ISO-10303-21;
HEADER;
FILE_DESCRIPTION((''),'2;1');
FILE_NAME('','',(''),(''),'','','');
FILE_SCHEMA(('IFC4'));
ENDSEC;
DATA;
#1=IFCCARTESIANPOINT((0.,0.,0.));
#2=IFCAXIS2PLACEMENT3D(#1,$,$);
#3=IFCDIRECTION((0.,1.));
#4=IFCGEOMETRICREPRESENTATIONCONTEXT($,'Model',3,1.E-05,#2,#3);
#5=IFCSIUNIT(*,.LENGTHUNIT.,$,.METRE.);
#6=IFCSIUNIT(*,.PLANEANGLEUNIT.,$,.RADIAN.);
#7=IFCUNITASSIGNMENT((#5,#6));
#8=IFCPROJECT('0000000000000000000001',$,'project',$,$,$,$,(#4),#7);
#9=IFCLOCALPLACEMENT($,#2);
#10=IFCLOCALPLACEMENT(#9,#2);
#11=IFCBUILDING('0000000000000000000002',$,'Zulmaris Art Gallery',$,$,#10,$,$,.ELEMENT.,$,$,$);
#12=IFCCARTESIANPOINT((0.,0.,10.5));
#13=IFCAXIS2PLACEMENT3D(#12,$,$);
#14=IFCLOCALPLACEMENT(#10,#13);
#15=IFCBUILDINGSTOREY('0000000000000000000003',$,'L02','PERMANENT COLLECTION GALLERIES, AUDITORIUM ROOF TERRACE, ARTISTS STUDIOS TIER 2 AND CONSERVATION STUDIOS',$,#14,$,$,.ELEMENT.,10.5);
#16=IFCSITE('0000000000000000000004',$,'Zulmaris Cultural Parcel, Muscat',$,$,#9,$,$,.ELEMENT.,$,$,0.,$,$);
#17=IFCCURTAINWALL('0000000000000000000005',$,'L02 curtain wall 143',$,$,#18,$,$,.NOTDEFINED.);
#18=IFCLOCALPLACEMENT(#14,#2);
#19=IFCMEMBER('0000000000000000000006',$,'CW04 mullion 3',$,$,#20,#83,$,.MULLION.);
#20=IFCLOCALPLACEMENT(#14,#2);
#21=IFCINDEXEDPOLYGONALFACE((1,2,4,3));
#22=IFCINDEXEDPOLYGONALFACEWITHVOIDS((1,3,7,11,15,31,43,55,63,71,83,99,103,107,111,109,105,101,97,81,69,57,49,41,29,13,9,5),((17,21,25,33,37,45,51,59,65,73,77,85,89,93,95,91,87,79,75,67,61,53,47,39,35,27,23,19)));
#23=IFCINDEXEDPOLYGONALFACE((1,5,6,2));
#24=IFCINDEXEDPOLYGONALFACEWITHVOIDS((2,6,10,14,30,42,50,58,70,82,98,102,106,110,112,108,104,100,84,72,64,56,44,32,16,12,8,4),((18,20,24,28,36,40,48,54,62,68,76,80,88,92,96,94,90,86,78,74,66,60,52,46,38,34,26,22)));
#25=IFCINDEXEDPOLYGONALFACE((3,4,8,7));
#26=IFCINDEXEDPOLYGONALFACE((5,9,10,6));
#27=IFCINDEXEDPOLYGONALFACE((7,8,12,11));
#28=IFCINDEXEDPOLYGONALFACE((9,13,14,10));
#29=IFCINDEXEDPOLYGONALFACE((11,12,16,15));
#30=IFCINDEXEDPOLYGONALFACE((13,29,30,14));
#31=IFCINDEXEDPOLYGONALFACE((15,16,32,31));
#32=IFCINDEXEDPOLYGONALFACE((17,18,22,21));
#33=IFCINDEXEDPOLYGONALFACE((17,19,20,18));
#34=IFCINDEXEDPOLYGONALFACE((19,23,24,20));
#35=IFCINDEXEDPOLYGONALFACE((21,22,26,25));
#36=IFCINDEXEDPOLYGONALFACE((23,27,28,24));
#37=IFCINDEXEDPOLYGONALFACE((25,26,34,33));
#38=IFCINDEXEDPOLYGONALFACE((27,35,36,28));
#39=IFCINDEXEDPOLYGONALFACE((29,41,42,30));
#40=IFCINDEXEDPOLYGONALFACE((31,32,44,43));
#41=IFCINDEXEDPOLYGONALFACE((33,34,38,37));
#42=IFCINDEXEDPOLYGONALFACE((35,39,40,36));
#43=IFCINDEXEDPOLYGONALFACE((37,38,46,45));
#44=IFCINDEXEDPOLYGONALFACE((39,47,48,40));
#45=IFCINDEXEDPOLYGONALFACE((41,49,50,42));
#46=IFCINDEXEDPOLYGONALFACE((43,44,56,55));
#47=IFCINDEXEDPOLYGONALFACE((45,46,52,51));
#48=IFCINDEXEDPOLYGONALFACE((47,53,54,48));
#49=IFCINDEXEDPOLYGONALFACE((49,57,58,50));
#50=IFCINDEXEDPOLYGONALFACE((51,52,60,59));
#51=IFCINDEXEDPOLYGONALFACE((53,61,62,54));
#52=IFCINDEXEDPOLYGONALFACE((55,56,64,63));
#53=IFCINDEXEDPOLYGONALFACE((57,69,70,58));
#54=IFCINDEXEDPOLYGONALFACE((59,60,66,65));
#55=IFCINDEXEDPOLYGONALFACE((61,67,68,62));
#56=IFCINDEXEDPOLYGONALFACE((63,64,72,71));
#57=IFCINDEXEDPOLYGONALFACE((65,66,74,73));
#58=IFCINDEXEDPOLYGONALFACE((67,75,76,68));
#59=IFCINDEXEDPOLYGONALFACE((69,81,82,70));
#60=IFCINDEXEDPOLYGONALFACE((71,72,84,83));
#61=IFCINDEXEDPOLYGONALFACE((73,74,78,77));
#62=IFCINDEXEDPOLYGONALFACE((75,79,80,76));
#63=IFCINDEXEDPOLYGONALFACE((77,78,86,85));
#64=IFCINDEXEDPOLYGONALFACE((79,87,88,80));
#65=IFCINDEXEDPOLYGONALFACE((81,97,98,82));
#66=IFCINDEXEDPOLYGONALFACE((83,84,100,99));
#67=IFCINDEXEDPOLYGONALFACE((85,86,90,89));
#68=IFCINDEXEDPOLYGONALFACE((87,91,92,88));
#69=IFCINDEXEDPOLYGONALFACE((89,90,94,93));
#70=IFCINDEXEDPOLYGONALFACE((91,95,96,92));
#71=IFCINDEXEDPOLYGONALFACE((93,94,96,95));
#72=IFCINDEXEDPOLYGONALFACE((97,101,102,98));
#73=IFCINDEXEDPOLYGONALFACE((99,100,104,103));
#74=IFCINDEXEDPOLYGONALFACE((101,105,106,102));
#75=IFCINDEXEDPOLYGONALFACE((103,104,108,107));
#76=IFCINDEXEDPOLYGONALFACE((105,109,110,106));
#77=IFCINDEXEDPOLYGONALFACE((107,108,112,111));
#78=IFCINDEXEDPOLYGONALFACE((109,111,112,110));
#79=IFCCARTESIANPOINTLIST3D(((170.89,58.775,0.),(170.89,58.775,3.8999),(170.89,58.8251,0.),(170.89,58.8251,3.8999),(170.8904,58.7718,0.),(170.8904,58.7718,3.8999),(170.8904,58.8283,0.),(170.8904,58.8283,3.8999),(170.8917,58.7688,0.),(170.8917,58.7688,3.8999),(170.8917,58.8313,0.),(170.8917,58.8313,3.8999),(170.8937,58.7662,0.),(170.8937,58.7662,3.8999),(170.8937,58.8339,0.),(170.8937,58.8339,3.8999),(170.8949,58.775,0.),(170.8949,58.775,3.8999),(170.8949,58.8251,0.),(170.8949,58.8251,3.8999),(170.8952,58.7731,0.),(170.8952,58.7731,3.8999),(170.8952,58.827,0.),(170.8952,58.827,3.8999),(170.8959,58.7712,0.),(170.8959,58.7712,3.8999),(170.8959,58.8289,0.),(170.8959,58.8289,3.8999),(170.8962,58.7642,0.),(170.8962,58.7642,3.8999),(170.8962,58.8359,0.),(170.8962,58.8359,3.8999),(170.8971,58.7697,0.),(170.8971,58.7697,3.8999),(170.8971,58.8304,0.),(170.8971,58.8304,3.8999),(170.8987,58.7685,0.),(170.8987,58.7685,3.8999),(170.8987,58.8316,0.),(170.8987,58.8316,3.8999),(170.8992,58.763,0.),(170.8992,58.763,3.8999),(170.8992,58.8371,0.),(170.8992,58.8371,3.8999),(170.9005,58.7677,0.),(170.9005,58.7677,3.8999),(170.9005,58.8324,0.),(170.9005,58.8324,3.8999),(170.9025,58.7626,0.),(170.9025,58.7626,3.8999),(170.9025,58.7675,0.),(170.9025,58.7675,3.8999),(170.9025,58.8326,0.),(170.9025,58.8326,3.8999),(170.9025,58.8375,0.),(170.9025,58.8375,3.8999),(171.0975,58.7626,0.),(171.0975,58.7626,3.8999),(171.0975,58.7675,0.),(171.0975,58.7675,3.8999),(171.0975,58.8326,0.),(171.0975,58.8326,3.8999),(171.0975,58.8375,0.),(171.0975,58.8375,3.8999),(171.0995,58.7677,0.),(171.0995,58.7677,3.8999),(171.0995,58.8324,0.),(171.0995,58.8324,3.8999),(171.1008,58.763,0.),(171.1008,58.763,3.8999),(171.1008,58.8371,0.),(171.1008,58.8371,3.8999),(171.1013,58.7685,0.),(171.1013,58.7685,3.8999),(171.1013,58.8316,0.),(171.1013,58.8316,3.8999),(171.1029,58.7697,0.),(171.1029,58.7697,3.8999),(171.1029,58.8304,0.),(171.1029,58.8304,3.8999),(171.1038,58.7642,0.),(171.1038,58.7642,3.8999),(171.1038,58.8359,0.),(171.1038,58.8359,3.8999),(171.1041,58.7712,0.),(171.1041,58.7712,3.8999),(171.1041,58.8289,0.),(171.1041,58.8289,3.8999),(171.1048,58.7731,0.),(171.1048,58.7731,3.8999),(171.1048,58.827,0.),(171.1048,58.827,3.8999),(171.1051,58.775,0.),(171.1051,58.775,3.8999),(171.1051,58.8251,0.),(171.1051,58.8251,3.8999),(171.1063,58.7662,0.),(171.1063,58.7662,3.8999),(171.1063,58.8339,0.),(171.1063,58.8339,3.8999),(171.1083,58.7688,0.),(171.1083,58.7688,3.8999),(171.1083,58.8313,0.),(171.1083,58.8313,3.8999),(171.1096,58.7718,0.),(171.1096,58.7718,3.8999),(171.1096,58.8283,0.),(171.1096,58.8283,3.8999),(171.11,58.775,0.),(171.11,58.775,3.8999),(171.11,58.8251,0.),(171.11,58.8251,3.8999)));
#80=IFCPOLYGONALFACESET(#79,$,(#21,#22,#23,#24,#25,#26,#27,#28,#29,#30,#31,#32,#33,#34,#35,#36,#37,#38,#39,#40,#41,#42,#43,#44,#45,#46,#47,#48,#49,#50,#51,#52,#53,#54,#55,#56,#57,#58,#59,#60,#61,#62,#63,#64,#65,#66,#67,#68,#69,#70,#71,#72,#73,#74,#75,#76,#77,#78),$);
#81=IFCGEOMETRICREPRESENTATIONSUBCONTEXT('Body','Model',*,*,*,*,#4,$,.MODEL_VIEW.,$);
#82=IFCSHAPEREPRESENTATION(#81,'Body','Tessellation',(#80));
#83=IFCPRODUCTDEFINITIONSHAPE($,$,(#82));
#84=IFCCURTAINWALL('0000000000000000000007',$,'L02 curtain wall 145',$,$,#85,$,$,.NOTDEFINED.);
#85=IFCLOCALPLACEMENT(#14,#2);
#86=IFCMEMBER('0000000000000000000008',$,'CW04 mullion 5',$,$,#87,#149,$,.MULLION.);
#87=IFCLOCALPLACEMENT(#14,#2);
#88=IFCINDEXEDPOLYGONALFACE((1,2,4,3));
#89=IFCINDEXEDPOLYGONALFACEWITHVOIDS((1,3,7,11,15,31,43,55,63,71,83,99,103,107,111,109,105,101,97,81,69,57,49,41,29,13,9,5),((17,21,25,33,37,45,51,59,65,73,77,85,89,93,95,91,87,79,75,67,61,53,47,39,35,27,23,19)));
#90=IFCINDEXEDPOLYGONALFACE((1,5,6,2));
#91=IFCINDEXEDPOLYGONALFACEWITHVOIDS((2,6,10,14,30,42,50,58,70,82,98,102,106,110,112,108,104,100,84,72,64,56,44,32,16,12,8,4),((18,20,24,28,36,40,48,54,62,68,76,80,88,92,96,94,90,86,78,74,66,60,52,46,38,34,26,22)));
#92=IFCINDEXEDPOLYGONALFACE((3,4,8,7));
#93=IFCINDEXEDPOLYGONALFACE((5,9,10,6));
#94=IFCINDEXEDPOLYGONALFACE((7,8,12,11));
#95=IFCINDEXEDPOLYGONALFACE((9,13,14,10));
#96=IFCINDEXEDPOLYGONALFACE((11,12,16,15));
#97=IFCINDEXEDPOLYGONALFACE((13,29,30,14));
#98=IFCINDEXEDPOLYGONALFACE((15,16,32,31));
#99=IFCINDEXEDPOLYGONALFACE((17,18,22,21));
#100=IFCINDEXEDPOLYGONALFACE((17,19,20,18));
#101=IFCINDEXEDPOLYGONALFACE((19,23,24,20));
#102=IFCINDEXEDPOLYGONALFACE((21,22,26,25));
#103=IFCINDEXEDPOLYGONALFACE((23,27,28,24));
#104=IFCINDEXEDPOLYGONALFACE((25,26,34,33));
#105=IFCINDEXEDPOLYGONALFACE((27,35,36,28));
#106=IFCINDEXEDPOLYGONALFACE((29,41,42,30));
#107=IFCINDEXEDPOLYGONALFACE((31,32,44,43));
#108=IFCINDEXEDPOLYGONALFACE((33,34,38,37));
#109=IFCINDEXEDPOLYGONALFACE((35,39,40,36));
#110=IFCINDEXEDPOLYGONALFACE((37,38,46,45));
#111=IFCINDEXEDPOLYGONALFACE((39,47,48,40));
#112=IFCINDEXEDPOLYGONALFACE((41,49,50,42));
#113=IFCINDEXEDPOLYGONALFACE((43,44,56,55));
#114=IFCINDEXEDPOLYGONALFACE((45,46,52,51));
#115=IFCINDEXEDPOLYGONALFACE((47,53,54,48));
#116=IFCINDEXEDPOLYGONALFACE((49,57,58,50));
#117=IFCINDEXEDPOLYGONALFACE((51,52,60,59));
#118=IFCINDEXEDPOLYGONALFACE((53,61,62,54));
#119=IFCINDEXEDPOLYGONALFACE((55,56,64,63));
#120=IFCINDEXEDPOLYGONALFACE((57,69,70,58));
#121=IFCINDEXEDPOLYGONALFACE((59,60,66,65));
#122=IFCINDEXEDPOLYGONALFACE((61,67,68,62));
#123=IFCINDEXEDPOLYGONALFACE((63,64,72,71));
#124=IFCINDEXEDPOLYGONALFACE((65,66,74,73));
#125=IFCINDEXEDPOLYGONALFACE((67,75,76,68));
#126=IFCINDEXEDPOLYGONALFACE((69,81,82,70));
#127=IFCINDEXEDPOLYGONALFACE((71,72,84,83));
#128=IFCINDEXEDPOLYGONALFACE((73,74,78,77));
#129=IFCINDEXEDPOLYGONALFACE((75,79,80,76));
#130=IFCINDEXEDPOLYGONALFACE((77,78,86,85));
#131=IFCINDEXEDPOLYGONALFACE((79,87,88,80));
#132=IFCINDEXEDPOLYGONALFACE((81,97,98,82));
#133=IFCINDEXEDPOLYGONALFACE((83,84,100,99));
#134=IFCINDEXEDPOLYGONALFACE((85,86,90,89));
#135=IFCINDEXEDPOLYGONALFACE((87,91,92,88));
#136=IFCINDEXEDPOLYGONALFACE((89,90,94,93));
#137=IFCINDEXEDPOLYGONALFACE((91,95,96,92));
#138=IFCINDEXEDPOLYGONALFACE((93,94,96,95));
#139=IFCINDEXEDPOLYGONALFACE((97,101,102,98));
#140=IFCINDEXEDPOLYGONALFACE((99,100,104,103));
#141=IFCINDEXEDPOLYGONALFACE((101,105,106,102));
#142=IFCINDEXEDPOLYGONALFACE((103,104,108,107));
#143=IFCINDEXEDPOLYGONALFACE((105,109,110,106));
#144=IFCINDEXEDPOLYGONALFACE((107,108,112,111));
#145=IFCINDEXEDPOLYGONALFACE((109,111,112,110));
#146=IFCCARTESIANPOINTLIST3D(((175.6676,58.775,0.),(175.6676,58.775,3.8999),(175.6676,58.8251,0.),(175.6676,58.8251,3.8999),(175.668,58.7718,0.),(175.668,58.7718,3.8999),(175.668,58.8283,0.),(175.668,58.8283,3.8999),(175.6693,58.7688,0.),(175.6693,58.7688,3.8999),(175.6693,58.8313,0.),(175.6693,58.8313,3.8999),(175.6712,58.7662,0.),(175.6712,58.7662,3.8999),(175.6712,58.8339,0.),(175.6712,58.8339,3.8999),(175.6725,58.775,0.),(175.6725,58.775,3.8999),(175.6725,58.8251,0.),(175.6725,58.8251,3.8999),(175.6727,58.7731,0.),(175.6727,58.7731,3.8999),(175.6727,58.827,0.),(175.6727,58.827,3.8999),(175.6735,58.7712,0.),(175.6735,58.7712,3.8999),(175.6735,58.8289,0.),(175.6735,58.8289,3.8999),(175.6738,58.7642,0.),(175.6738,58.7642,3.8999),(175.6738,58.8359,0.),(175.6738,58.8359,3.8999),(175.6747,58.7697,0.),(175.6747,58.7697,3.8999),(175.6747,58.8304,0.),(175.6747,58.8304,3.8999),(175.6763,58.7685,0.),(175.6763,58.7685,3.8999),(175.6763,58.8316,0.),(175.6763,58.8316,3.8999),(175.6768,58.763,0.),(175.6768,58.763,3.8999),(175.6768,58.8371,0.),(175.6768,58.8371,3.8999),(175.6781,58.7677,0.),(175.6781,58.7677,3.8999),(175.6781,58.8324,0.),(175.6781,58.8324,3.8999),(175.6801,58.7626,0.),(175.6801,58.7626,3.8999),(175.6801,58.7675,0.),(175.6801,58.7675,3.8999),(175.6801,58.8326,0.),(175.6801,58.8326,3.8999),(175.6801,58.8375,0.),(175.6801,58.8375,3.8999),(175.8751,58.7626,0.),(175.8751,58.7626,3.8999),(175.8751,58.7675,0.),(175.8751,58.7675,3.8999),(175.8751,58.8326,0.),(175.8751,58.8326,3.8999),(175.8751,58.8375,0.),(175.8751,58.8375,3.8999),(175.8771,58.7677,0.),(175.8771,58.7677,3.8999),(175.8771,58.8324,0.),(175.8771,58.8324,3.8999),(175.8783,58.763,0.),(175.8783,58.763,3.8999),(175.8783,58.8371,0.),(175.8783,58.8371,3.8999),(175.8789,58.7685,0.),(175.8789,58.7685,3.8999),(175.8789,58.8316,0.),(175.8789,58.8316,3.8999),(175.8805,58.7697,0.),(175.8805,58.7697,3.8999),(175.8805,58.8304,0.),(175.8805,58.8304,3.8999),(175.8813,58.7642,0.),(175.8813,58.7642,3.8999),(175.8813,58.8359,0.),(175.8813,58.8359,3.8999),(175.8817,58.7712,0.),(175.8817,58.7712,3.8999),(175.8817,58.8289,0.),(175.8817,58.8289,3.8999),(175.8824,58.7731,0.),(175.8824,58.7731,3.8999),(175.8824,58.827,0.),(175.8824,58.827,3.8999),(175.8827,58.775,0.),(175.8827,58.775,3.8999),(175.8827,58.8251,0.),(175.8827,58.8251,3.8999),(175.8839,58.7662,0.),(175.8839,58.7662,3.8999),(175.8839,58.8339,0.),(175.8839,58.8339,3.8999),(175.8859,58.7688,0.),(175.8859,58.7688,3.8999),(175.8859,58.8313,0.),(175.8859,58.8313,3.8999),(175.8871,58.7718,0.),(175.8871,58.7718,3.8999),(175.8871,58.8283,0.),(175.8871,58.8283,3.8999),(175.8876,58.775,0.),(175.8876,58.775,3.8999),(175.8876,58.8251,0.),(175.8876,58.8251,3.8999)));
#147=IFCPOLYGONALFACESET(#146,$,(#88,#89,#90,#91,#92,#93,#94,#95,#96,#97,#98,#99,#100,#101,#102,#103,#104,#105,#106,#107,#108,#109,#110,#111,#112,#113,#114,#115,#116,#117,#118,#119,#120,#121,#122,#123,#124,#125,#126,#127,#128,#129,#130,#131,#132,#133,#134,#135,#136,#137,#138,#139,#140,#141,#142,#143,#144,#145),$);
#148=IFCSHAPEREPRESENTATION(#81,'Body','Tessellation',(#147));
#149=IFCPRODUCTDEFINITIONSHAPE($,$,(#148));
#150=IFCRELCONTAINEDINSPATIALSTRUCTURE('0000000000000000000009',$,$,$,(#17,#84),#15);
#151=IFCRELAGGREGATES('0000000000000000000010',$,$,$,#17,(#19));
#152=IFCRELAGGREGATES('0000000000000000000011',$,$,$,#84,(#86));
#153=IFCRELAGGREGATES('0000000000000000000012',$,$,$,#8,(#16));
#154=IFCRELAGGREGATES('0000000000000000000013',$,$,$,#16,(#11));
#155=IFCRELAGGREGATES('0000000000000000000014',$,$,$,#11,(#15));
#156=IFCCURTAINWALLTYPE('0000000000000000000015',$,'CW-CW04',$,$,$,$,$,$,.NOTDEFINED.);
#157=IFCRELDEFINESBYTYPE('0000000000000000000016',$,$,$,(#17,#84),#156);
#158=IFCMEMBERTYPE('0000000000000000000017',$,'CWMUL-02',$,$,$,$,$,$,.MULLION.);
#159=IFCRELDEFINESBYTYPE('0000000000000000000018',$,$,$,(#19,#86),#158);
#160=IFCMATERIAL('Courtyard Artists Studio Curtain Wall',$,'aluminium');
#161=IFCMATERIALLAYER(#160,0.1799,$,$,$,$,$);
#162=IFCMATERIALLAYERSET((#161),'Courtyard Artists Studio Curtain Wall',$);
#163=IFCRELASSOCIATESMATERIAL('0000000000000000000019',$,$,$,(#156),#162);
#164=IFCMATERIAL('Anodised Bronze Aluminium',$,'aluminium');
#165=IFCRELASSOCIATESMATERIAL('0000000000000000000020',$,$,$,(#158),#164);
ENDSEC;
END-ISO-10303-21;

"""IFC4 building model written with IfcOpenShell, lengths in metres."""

from ifc_helpers import new_model, si_unit, direction, frame, origin, origin_2d, place, context, subcontext, project, spatial, hollow_rectangle, extrude, material, layer, layer_set, material_profile, profile_set, type_object, element, aggregate, save


model = new_model("IFC4")

# Units and contexts
model_context = context("Model", 3, precision=1e-05, world=origin(), true_north=direction((0.0, 1.0)))
body_context = subcontext(model_context, "Body", "Model", "MODEL_VIEW")
ifc_project = project(units=[si_unit("LENGTHUNIT", "METRE"), si_unit("PLANEANGLEUNIT", "RADIAN")], contexts=[model_context])

# Site, building, storey
site_placement = place(None, origin())
site = spatial("IfcSite", under=ifc_project, at=site_placement, Name="Zulmaris Cultural Parcel, Muscat", CompositionType="ELEMENT", RefElevation=0.0)
building_placement = place(site_placement, origin())
building = spatial("IfcBuilding", under=site, at=building_placement, Name="Zulmaris Art Gallery", CompositionType="ELEMENT")
storey_placement = place(building_placement, frame((0.0, 0.0, 10.5)))
storey = spatial("IfcBuildingStorey", under=building, at=storey_placement, Name="L02", Description="PERMANENT COLLECTION GALLERIES, AUDITORIUM ROOF TERRACE, ARTISTS STUDIOS TIER 2 AND CONSERVATION STUDIOS", CompositionType="ELEMENT", Elevation=10.5)

# Curtain wall, member
ifc_material_1 = material(Name="Courtyard Artists Studio Curtain Wall", Category="aluminium")
ifc_layer_1 = layer(ifc_material_1, 0.1799)
ifc_layer_set_1 = layer_set([ifc_layer_1], Name="Courtyard Artists Studio Curtain Wall")
curtain_wall_type = type_object("IfcCurtainWallType", Name="CW-CW04", PredefinedType="NOTDEFINED", material=ifc_layer_set_1)
curtain_wall_1_placement = place(storey_placement, origin())
curtain_wall_1 = element("IfcCurtainWall", 1, at=curtain_wall_1_placement, inside=storey, type_object=curtain_wall_type, Name="L02 curtain wall 143", PredefinedType="NOTDEFINED")
ifc_material_2 = material(Name="Anodised Bronze Aluminium", Category="aluminium")
ifc_material_profile_1 = material_profile(ifc_material_2, hollow_rectangle(XDim=0.075, YDim=0.22, WallThickness=0.0049, InnerFilletRadius=0.0076, OuterFilletRadius=0.0125, at=origin_2d()), Name="ALU 75x220x5")
ifc_profile_set_1 = profile_set([ifc_material_profile_1], Name="Anodised Bronze Aluminium")
member_type_1 = type_object("IfcMemberType", Name="CWMUL-02", PredefinedType="MULLION", material=ifc_profile_set_1)
member_1_placement = place(storey_placement, frame((171.0, 58.8, 0.0), z_axis=(0.0, 0.0, 1.0), x_axis=(0.0, -1.0, 0.0)))
member_1 = element("IfcMember", 2, at=member_1_placement, type_object=member_type_1, Name="CW04 mullion 3", PredefinedType="MULLION", context=body_context, shape_type="SweptSolid", body=[
    extrude(hollow_rectangle(XDim=0.075, YDim=0.22, WallThickness=0.0049, InnerFilletRadius=0.0076, OuterFilletRadius=0.0125, at=origin_2d()), origin(), (0.0, 0.0, 1.0), 3.8999),
])

# Curtain wall, member
curtain_wall_2_placement = place(storey_placement, origin())
curtain_wall_2 = element("IfcCurtainWall", 3, at=curtain_wall_2_placement, inside=storey, type_object=curtain_wall_type, Name="L02 curtain wall 145", PredefinedType="NOTDEFINED")
member_2_placement = place(storey_placement, frame((175.7776, 58.8, 0.0), z_axis=(0.0, 0.0, 1.0), x_axis=(0.0, -1.0, 0.0)))
member_2 = element("IfcMember", 4, at=member_2_placement, type_object=member_type_1, Name="CW04 mullion 5", PredefinedType="MULLION", context=body_context, shape_type="SweptSolid", body=[
    extrude(hollow_rectangle(XDim=0.075, YDim=0.22, WallThickness=0.0049, InnerFilletRadius=0.0076, OuterFilletRadius=0.0125, at=origin_2d()), origin(), (0.0, 0.0, 1.0), 3.8999),
])

aggregate(curtain_wall_1, [member_1])
aggregate(curtain_wall_2, [member_2])

save(model, "model.ifc")
